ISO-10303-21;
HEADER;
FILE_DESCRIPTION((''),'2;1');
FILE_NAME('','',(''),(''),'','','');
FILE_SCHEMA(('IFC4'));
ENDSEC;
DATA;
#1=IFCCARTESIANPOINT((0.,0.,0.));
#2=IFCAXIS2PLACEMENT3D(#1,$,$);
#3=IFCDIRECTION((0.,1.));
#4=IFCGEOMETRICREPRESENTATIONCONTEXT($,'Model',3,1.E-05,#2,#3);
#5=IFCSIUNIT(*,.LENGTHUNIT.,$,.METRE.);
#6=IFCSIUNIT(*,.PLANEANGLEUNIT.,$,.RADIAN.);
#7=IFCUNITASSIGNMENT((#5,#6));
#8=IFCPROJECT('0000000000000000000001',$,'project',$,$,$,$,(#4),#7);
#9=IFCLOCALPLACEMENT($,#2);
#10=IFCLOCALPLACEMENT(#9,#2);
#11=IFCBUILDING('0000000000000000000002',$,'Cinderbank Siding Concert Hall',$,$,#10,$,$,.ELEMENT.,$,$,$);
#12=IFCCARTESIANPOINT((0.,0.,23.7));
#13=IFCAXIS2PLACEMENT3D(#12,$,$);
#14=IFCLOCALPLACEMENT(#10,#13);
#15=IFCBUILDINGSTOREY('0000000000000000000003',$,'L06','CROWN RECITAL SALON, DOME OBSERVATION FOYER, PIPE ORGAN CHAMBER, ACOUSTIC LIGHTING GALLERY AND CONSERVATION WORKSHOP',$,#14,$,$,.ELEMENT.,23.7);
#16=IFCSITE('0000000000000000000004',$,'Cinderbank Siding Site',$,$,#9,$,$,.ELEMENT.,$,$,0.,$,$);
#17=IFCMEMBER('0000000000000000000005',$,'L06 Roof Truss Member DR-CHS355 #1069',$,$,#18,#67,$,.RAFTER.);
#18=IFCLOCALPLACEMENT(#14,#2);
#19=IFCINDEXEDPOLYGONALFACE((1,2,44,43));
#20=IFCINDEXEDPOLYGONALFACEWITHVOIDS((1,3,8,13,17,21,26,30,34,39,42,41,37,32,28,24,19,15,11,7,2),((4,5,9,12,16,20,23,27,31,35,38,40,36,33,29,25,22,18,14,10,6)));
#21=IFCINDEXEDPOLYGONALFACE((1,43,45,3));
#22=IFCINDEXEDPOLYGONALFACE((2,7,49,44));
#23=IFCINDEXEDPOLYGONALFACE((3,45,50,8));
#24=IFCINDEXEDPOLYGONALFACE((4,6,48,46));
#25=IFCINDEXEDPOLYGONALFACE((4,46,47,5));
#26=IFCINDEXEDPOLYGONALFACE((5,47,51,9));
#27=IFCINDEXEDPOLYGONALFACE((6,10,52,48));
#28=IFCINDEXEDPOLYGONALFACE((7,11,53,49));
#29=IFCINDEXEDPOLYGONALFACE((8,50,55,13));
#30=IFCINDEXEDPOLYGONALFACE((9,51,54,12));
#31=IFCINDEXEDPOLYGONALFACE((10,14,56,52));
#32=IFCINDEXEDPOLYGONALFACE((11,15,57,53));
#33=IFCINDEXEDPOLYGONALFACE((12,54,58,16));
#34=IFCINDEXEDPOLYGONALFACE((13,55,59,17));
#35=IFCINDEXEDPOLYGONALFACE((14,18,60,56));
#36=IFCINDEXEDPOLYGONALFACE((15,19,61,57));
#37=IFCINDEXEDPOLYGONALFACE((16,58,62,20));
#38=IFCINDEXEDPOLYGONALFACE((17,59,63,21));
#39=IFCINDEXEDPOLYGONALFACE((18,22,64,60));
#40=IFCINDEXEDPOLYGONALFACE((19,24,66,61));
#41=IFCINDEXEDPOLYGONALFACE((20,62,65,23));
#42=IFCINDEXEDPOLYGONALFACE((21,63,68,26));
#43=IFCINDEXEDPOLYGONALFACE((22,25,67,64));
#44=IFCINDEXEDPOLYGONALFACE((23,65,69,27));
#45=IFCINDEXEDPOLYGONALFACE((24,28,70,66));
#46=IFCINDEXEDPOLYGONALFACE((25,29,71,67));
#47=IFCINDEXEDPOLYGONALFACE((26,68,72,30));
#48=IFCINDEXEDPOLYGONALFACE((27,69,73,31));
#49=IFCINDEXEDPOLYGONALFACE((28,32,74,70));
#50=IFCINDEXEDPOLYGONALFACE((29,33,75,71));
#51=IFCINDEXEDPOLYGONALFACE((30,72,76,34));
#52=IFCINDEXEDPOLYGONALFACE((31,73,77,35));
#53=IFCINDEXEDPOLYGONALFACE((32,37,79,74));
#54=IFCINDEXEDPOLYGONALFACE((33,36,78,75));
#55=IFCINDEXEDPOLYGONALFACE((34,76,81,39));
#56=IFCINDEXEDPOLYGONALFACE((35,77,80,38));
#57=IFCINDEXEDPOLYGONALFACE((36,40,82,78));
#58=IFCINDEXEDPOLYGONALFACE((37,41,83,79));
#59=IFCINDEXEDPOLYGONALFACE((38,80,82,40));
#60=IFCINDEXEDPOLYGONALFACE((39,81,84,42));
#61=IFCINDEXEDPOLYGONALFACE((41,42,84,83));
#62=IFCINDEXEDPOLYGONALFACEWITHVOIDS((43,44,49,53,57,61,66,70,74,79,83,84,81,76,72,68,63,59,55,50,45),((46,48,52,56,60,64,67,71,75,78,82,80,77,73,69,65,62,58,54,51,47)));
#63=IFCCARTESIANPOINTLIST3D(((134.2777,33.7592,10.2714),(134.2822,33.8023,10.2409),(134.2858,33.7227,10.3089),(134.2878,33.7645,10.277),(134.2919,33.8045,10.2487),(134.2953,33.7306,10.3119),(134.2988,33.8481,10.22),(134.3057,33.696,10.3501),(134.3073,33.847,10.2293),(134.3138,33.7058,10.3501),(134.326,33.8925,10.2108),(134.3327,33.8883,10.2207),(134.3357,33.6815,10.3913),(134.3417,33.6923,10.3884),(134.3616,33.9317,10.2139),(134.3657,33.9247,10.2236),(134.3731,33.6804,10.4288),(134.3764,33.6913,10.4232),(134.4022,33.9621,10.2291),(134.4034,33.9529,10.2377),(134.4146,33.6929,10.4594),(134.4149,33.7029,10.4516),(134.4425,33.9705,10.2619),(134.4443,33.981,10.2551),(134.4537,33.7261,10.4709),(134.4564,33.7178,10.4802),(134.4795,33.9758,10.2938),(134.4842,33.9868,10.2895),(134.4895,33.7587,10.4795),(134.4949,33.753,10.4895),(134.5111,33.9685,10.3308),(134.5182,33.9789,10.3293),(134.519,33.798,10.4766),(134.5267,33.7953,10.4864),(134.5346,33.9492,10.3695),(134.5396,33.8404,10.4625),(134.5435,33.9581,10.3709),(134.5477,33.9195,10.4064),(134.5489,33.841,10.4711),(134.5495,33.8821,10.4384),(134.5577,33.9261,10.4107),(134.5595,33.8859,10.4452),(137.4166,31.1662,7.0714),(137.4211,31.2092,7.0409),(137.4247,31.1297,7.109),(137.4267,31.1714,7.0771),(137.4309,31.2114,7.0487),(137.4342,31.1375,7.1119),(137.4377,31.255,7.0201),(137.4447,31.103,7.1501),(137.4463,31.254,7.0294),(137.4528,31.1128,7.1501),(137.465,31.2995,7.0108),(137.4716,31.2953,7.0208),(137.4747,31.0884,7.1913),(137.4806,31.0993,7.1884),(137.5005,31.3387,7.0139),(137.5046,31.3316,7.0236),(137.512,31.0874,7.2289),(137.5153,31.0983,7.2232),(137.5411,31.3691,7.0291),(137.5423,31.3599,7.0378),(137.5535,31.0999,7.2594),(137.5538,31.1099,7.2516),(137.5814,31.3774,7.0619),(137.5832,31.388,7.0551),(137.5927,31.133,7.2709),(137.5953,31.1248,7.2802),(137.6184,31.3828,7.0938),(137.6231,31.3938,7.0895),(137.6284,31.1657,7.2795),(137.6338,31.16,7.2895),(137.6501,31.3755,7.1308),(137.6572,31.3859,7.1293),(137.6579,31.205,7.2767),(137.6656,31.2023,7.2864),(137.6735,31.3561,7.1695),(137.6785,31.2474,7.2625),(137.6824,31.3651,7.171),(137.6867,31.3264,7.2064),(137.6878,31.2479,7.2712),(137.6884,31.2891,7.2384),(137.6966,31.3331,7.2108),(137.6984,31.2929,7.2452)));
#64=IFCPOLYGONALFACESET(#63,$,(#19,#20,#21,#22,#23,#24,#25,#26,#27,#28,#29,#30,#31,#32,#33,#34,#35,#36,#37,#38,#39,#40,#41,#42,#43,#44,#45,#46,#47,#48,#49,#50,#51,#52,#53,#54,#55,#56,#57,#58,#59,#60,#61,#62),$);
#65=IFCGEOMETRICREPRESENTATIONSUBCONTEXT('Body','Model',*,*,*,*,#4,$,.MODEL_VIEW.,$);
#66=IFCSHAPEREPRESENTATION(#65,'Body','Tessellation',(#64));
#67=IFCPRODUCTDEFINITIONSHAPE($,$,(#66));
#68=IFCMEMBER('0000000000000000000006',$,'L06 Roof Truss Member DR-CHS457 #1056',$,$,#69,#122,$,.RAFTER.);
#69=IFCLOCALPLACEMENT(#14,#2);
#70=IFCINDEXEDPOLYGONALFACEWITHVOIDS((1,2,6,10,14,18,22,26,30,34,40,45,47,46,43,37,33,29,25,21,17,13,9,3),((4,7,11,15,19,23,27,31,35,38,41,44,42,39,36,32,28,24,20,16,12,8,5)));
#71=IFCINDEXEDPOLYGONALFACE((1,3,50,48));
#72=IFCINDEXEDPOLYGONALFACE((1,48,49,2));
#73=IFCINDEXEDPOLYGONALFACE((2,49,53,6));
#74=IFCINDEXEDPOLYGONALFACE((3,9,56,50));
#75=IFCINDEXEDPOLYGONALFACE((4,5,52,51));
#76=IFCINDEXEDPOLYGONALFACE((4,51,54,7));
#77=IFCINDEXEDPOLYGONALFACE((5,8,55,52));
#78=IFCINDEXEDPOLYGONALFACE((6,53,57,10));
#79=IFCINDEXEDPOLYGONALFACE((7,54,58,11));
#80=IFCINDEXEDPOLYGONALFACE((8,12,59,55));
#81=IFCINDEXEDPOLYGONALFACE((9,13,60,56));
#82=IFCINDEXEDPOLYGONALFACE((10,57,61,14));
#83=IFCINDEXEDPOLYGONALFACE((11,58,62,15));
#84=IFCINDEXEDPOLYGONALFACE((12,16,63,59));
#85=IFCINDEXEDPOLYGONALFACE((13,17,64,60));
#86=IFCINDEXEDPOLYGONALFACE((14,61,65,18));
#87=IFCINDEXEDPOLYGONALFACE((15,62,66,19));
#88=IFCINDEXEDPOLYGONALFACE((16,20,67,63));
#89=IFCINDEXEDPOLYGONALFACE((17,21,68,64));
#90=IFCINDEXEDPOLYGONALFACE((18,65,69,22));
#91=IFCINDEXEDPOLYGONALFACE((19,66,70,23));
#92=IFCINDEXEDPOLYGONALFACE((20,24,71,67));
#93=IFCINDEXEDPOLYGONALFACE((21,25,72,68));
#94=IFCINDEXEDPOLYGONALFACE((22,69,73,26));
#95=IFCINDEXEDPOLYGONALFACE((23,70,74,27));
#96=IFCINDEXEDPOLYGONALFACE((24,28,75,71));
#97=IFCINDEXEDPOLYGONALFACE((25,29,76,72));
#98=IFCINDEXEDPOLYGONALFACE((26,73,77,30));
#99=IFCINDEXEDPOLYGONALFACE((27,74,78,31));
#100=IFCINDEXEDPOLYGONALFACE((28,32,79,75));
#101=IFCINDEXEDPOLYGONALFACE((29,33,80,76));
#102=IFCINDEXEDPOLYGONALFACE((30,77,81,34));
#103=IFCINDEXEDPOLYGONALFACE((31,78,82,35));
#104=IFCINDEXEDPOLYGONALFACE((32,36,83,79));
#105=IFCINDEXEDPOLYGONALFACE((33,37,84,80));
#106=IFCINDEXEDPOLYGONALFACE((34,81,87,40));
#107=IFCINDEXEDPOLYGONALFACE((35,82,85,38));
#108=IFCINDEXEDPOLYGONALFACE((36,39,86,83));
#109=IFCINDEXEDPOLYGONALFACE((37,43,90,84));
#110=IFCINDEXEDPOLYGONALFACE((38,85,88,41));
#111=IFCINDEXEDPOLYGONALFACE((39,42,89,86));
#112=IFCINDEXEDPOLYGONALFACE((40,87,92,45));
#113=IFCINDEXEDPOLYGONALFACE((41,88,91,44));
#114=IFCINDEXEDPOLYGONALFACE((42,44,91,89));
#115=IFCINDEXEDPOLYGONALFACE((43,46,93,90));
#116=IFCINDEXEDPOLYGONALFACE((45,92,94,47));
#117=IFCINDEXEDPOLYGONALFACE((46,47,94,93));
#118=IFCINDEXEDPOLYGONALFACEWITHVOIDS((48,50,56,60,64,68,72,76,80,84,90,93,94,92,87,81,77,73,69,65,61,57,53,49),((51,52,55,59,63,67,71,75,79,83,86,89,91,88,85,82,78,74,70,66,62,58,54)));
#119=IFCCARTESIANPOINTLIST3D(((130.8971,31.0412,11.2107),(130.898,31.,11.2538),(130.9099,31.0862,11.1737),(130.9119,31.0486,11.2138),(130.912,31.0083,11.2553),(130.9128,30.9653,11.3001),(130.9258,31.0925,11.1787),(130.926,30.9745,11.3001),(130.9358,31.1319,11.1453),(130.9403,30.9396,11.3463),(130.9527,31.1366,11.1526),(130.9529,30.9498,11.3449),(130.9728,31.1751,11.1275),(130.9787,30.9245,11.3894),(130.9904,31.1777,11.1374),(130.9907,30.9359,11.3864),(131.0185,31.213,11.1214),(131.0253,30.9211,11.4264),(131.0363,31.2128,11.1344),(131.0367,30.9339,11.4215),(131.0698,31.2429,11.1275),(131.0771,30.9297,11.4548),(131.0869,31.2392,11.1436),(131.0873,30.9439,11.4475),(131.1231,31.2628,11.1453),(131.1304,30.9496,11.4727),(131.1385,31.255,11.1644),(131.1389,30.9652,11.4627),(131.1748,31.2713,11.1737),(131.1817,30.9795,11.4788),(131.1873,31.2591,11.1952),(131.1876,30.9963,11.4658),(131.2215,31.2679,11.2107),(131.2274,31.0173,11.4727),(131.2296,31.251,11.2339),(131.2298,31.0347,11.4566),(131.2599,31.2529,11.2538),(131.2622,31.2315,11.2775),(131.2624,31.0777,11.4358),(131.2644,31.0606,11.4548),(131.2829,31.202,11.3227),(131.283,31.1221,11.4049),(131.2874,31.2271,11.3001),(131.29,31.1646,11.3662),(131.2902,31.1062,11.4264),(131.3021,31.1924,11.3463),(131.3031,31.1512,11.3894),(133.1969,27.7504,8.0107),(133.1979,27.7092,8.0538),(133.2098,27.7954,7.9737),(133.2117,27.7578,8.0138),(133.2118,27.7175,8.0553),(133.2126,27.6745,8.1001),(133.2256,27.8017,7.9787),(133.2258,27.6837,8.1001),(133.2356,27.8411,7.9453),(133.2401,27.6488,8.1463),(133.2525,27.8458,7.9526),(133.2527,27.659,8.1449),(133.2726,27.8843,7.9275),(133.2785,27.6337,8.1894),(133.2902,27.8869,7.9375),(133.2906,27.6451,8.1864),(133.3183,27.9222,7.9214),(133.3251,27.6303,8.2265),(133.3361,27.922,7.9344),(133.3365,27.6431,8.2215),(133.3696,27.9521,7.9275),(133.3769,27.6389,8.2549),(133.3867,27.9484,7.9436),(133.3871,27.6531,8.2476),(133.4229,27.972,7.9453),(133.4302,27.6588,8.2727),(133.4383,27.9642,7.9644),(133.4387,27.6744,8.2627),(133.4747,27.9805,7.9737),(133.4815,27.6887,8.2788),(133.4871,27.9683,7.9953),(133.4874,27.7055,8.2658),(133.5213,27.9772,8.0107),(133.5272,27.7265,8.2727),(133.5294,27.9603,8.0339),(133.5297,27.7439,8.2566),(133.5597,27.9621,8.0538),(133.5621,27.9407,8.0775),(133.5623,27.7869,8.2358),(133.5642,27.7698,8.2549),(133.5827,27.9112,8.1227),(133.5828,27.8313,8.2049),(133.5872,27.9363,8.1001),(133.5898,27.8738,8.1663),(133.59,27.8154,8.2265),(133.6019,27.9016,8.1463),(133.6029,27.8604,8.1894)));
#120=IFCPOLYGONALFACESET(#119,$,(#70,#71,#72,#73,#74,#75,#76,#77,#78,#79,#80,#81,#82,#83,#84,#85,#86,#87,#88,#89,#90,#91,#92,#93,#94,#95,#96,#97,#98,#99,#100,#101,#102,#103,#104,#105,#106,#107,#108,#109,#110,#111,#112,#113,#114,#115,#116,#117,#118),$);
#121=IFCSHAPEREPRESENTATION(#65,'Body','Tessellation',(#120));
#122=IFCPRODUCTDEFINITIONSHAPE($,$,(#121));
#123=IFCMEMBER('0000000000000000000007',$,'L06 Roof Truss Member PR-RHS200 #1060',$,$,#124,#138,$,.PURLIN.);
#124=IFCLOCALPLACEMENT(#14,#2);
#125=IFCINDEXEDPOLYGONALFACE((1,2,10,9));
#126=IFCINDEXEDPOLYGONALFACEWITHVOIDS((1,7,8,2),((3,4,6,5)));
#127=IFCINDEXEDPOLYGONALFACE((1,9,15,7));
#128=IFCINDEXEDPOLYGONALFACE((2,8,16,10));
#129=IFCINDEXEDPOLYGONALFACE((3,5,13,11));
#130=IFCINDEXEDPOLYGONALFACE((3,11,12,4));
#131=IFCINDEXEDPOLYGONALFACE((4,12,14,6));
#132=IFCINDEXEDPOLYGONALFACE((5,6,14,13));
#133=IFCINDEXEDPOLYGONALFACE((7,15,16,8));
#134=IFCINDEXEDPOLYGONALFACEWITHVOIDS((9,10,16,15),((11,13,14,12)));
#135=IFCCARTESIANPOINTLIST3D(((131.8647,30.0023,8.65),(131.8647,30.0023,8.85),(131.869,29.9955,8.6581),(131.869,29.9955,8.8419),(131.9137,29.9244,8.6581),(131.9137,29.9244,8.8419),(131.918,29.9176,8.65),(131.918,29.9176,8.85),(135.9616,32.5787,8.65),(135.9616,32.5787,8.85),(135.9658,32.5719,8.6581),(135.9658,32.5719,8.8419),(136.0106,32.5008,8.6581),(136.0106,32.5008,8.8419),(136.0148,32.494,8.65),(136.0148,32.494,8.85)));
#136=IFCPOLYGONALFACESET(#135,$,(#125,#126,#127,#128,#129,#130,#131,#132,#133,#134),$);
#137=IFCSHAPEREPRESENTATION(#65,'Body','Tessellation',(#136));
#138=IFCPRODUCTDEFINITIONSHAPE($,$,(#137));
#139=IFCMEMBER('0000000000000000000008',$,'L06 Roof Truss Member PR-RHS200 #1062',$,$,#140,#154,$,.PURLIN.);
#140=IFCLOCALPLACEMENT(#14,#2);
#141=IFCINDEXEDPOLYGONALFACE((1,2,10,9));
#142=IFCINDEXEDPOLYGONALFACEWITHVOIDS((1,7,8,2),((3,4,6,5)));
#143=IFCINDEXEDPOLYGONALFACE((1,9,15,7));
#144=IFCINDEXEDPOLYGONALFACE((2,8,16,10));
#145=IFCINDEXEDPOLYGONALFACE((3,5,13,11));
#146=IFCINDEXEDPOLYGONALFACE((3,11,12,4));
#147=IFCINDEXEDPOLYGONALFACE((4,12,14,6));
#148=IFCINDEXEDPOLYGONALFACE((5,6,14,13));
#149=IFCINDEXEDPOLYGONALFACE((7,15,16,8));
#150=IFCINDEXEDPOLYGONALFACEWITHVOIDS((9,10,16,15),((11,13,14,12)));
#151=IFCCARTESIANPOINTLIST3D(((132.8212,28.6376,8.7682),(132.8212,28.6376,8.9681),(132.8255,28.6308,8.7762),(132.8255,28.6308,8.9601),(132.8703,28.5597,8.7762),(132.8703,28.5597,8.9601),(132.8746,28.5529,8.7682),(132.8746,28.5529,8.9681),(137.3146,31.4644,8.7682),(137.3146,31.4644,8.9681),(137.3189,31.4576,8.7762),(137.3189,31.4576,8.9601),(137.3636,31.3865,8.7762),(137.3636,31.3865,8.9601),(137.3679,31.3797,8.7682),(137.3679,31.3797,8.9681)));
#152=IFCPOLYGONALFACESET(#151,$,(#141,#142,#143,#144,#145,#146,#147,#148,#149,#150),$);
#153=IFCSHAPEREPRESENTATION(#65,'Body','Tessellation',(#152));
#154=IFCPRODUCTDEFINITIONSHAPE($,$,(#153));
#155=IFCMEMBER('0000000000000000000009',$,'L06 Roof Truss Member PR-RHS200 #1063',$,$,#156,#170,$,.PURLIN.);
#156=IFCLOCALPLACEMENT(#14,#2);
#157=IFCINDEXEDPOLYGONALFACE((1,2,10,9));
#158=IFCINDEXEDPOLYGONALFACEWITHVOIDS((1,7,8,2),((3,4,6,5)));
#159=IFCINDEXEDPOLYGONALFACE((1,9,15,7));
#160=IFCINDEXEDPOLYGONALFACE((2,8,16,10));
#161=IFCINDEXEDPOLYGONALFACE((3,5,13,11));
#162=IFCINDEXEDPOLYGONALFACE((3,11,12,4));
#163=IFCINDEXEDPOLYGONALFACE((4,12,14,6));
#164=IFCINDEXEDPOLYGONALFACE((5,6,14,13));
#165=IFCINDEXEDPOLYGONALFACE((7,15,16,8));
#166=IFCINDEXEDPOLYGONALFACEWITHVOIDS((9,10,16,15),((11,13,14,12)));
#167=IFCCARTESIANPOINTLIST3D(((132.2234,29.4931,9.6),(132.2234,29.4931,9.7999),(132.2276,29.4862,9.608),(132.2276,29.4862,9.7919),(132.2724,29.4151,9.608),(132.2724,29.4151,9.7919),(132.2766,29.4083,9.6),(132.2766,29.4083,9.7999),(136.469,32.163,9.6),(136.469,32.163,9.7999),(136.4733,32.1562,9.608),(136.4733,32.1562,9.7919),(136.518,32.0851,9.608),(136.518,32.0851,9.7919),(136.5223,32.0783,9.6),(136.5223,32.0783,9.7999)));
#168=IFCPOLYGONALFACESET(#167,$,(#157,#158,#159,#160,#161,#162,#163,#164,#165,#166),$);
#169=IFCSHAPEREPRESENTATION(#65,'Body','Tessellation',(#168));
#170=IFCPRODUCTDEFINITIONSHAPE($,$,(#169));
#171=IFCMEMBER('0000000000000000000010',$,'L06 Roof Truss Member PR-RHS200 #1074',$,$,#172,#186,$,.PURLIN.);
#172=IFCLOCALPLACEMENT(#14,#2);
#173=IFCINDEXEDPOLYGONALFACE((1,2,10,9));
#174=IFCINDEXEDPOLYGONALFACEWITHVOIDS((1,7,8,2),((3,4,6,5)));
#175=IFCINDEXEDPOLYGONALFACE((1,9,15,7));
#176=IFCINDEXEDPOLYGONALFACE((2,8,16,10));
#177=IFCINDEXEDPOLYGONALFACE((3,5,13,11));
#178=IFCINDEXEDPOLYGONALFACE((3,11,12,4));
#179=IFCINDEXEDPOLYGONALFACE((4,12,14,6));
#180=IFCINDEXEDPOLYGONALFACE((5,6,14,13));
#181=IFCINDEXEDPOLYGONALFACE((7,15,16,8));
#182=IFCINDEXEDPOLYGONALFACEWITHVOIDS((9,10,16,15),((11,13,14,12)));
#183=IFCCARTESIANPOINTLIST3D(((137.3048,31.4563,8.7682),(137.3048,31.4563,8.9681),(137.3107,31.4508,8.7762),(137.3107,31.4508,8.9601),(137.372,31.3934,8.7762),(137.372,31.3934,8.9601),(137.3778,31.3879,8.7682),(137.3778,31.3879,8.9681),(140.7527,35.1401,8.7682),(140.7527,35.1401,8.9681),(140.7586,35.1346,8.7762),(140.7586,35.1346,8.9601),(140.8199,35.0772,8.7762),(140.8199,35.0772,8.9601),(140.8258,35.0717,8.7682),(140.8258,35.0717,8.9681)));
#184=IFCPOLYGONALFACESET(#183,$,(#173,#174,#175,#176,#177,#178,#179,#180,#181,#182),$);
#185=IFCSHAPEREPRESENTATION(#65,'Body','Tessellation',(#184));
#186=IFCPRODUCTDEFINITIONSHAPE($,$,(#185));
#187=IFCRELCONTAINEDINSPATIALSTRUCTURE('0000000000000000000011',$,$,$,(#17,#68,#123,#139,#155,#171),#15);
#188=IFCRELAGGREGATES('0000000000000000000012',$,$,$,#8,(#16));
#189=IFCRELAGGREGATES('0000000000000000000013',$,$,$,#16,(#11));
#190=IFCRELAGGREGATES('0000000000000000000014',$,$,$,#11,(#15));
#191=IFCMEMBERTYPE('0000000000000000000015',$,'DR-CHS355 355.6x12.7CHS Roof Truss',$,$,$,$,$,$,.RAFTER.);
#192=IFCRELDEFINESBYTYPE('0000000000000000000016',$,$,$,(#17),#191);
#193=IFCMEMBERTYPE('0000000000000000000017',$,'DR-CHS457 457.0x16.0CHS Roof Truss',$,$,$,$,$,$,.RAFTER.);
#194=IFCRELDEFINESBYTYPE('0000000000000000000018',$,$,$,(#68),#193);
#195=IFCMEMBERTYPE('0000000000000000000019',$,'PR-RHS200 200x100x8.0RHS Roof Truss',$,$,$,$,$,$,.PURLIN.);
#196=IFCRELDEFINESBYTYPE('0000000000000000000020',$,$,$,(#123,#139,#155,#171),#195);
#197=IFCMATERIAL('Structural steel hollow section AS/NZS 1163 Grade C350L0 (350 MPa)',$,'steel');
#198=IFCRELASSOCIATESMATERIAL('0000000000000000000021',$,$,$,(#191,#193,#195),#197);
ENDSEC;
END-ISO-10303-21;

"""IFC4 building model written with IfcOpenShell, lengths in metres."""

from ifc_helpers import new_model, si_unit, direction, frame, origin, origin_2d, place, context, subcontext, project, spatial, hollow_rectangle, hollow_circle, extrude, material, material_profile, profile_set, type_object, element, save


model = new_model("IFC4")

# Units and contexts
model_context = context("Model", 3, precision=1e-05, world=origin(), true_north=direction((0.0, 1.0)))
body_context = subcontext(model_context, "Body", "Model", "MODEL_VIEW")
ifc_project = project(units=[si_unit("LENGTHUNIT", "METRE"), si_unit("PLANEANGLEUNIT", "RADIAN")], contexts=[model_context])

# Site, building, storey
site_placement = place(None, origin())
site = spatial("IfcSite", under=ifc_project, at=site_placement, Name="Cinderbank Siding Site", CompositionType="ELEMENT", RefElevation=0.0)
building_placement = place(site_placement, origin())
building = spatial("IfcBuilding", under=site, at=building_placement, Name="Cinderbank Siding Concert Hall", CompositionType="ELEMENT")
storey_placement = place(building_placement, frame((0.0, 0.0, 23.7)))
storey = spatial("IfcBuildingStorey", under=building, at=storey_placement, Name="L06", Description="CROWN RECITAL SALON, DOME OBSERVATION FOYER, PIPE ORGAN CHAMBER, ACOUSTIC LIGHTING GALLERY AND CONSERVATION WORKSHOP", CompositionType="ELEMENT", Elevation=23.7)

# Members
ifc_material_1 = material(Name="Structural steel hollow section AS/NZS 1163 Grade C350L0 (350 MPa)", Category="steel")
ifc_material_profile_1 = material_profile(ifc_material_1, hollow_circle(Radius=0.1777, WallThickness=0.0127, at=origin_2d()), Name="355.6x12.7CHS", Category="LoadBearing")
ifc_profile_set_1 = profile_set([ifc_material_profile_1], Name="Structural steel hollow section AS/NZS 1163 Grade C350L0 (350 MPa)")
member_type_1 = type_object("IfcMemberType", Name="DR-CHS355 355.6x12.7CHS Roof Truss", PredefinedType="RAFTER", material=ifc_profile_set_1)
member_1_placement = place(storey_placement, frame((137.5579, 31.24, 7.1501), z_axis=(-0.606151, 0.500734, 0.617938), x_axis=(-0.636881, -0.770962, 0.0)))
element("IfcMember", 1, at=member_1_placement, inside=storey, type_object=member_type_1, Name="L06 Roof Truss Member DR-CHS355 #1069", PredefinedType="RAFTER", context=body_context, shape_type="SweptSolid", body=[
    extrude(hollow_circle(Radius=0.1777, WallThickness=0.0127, at=origin_2d()), origin(), (0.0, 0.0, 1.0), 5.1785),
])
ifc_material_profile_2 = material_profile(ifc_material_1, hollow_circle(Radius=0.2285, WallThickness=0.0161, at=origin_2d()), Name="457.0x16.0CHS", Category="LoadBearing")
ifc_profile_set_2 = profile_set([ifc_material_profile_2], Name="Structural steel hollow section AS/NZS 1163 Grade C350L0 (350 MPa)")
member_type_2 = type_object("IfcMemberType", Name="DR-CHS457 457.0x16.0CHS Roof Truss", PredefinedType="RAFTER", material=ifc_profile_set_2)
member_2_placement = place(storey_placement, frame((133.3999, 27.8054, 8.1001), z_axis=(-0.447956, 0.640976, 0.623286), x_axis=(-0.819669, -0.572838, 0.0)))
element("IfcMember", 2, at=member_2_placement, inside=storey, type_object=member_type_2, Name="L06 Roof Truss Member DR-CHS457 #1056", PredefinedType="RAFTER", context=body_context, shape_type="SweptSolid", body=[
    extrude(hollow_circle(Radius=0.2285, WallThickness=0.0161, at=origin_2d()), origin(), (0.0, 0.0, 1.0), 5.134),
])
ifc_material_profile_3 = material_profile(ifc_material_1, hollow_rectangle(XDim=0.1001, YDim=0.2, WallThickness=0.0081, at=origin_2d()), Name="200x100x8.0RHS", Category="LoadBearing")
ifc_profile_set_3 = profile_set([ifc_material_profile_3], Name="Structural steel hollow section AS/NZS 1163 Grade C350L0 (350 MPa)")
member_type_3 = type_object("IfcMemberType", Name="PR-RHS200 200x100x8.0RHS Roof Truss", PredefinedType="PURLIN", material=ifc_profile_set_3)
member_3_placement = place(storey_placement, frame((131.8914, 29.96, 8.75), z_axis=(0.846524, 0.53235, 0.0), x_axis=(-0.53235, 0.846524, 0.0)))
element("IfcMember", 3, at=member_3_placement, inside=storey, type_object=member_type_3, Name="L06 Roof Truss Member PR-RHS200 #1060", PredefinedType="PURLIN", context=body_context, shape_type="SweptSolid", body=[
    extrude(hollow_rectangle(XDim=0.1001, YDim=0.2, WallThickness=0.0081, at=origin_2d()), origin(), (0.0, 0.0, 1.0), 4.8396),
])
member_4_placement = place(storey_placement, frame((132.8479, 28.5952, 8.8682), z_axis=(0.846426, 0.532506, 0.0), x_axis=(-0.532506, 0.846426, 0.0)))
element("IfcMember", 4, at=member_4_placement, inside=storey, type_object=member_type_3, Name="L06 Roof Truss Member PR-RHS200 #1062", PredefinedType="PURLIN", context=body_context, shape_type="SweptSolid", body=[
    extrude(hollow_rectangle(XDim=0.1001, YDim=0.2, WallThickness=0.0081, at=origin_2d()), origin(), (0.0, 0.0, 1.0), 5.3086),
])
member_5_placement = place(storey_placement, frame((132.25, 29.4507, 9.7), z_axis=(0.846524, 0.532351, 0.0), x_axis=(-0.532351, 0.846524, 0.0)))
element("IfcMember", 5, at=member_5_placement, inside=storey, type_object=member_type_3, Name="L06 Roof Truss Member PR-RHS200 #1063", PredefinedType="PURLIN", context=body_context, shape_type="SweptSolid", body=[
    extrude(hollow_rectangle(XDim=0.1001, YDim=0.2, WallThickness=0.0081, at=origin_2d()), origin(), (0.0, 0.0, 1.0), 5.0154),
])
member_6_placement = place(storey_placement, frame((137.3413, 31.4221, 8.8682), z_axis=(0.68335, 0.730091, 0.0), x_axis=(-0.730091, 0.68335, 0.0)))
element("IfcMember", 6, at=member_6_placement, inside=storey, type_object=member_type_3, Name="L06 Roof Truss Member PR-RHS200 #1074", PredefinedType="PURLIN", context=body_context, shape_type="SweptSolid", body=[
    extrude(hollow_rectangle(XDim=0.1001, YDim=0.2, WallThickness=0.0081, at=origin_2d()), origin(), (0.0, 0.0, 1.0), 5.0457),
])

save(model, "model.ifc")
